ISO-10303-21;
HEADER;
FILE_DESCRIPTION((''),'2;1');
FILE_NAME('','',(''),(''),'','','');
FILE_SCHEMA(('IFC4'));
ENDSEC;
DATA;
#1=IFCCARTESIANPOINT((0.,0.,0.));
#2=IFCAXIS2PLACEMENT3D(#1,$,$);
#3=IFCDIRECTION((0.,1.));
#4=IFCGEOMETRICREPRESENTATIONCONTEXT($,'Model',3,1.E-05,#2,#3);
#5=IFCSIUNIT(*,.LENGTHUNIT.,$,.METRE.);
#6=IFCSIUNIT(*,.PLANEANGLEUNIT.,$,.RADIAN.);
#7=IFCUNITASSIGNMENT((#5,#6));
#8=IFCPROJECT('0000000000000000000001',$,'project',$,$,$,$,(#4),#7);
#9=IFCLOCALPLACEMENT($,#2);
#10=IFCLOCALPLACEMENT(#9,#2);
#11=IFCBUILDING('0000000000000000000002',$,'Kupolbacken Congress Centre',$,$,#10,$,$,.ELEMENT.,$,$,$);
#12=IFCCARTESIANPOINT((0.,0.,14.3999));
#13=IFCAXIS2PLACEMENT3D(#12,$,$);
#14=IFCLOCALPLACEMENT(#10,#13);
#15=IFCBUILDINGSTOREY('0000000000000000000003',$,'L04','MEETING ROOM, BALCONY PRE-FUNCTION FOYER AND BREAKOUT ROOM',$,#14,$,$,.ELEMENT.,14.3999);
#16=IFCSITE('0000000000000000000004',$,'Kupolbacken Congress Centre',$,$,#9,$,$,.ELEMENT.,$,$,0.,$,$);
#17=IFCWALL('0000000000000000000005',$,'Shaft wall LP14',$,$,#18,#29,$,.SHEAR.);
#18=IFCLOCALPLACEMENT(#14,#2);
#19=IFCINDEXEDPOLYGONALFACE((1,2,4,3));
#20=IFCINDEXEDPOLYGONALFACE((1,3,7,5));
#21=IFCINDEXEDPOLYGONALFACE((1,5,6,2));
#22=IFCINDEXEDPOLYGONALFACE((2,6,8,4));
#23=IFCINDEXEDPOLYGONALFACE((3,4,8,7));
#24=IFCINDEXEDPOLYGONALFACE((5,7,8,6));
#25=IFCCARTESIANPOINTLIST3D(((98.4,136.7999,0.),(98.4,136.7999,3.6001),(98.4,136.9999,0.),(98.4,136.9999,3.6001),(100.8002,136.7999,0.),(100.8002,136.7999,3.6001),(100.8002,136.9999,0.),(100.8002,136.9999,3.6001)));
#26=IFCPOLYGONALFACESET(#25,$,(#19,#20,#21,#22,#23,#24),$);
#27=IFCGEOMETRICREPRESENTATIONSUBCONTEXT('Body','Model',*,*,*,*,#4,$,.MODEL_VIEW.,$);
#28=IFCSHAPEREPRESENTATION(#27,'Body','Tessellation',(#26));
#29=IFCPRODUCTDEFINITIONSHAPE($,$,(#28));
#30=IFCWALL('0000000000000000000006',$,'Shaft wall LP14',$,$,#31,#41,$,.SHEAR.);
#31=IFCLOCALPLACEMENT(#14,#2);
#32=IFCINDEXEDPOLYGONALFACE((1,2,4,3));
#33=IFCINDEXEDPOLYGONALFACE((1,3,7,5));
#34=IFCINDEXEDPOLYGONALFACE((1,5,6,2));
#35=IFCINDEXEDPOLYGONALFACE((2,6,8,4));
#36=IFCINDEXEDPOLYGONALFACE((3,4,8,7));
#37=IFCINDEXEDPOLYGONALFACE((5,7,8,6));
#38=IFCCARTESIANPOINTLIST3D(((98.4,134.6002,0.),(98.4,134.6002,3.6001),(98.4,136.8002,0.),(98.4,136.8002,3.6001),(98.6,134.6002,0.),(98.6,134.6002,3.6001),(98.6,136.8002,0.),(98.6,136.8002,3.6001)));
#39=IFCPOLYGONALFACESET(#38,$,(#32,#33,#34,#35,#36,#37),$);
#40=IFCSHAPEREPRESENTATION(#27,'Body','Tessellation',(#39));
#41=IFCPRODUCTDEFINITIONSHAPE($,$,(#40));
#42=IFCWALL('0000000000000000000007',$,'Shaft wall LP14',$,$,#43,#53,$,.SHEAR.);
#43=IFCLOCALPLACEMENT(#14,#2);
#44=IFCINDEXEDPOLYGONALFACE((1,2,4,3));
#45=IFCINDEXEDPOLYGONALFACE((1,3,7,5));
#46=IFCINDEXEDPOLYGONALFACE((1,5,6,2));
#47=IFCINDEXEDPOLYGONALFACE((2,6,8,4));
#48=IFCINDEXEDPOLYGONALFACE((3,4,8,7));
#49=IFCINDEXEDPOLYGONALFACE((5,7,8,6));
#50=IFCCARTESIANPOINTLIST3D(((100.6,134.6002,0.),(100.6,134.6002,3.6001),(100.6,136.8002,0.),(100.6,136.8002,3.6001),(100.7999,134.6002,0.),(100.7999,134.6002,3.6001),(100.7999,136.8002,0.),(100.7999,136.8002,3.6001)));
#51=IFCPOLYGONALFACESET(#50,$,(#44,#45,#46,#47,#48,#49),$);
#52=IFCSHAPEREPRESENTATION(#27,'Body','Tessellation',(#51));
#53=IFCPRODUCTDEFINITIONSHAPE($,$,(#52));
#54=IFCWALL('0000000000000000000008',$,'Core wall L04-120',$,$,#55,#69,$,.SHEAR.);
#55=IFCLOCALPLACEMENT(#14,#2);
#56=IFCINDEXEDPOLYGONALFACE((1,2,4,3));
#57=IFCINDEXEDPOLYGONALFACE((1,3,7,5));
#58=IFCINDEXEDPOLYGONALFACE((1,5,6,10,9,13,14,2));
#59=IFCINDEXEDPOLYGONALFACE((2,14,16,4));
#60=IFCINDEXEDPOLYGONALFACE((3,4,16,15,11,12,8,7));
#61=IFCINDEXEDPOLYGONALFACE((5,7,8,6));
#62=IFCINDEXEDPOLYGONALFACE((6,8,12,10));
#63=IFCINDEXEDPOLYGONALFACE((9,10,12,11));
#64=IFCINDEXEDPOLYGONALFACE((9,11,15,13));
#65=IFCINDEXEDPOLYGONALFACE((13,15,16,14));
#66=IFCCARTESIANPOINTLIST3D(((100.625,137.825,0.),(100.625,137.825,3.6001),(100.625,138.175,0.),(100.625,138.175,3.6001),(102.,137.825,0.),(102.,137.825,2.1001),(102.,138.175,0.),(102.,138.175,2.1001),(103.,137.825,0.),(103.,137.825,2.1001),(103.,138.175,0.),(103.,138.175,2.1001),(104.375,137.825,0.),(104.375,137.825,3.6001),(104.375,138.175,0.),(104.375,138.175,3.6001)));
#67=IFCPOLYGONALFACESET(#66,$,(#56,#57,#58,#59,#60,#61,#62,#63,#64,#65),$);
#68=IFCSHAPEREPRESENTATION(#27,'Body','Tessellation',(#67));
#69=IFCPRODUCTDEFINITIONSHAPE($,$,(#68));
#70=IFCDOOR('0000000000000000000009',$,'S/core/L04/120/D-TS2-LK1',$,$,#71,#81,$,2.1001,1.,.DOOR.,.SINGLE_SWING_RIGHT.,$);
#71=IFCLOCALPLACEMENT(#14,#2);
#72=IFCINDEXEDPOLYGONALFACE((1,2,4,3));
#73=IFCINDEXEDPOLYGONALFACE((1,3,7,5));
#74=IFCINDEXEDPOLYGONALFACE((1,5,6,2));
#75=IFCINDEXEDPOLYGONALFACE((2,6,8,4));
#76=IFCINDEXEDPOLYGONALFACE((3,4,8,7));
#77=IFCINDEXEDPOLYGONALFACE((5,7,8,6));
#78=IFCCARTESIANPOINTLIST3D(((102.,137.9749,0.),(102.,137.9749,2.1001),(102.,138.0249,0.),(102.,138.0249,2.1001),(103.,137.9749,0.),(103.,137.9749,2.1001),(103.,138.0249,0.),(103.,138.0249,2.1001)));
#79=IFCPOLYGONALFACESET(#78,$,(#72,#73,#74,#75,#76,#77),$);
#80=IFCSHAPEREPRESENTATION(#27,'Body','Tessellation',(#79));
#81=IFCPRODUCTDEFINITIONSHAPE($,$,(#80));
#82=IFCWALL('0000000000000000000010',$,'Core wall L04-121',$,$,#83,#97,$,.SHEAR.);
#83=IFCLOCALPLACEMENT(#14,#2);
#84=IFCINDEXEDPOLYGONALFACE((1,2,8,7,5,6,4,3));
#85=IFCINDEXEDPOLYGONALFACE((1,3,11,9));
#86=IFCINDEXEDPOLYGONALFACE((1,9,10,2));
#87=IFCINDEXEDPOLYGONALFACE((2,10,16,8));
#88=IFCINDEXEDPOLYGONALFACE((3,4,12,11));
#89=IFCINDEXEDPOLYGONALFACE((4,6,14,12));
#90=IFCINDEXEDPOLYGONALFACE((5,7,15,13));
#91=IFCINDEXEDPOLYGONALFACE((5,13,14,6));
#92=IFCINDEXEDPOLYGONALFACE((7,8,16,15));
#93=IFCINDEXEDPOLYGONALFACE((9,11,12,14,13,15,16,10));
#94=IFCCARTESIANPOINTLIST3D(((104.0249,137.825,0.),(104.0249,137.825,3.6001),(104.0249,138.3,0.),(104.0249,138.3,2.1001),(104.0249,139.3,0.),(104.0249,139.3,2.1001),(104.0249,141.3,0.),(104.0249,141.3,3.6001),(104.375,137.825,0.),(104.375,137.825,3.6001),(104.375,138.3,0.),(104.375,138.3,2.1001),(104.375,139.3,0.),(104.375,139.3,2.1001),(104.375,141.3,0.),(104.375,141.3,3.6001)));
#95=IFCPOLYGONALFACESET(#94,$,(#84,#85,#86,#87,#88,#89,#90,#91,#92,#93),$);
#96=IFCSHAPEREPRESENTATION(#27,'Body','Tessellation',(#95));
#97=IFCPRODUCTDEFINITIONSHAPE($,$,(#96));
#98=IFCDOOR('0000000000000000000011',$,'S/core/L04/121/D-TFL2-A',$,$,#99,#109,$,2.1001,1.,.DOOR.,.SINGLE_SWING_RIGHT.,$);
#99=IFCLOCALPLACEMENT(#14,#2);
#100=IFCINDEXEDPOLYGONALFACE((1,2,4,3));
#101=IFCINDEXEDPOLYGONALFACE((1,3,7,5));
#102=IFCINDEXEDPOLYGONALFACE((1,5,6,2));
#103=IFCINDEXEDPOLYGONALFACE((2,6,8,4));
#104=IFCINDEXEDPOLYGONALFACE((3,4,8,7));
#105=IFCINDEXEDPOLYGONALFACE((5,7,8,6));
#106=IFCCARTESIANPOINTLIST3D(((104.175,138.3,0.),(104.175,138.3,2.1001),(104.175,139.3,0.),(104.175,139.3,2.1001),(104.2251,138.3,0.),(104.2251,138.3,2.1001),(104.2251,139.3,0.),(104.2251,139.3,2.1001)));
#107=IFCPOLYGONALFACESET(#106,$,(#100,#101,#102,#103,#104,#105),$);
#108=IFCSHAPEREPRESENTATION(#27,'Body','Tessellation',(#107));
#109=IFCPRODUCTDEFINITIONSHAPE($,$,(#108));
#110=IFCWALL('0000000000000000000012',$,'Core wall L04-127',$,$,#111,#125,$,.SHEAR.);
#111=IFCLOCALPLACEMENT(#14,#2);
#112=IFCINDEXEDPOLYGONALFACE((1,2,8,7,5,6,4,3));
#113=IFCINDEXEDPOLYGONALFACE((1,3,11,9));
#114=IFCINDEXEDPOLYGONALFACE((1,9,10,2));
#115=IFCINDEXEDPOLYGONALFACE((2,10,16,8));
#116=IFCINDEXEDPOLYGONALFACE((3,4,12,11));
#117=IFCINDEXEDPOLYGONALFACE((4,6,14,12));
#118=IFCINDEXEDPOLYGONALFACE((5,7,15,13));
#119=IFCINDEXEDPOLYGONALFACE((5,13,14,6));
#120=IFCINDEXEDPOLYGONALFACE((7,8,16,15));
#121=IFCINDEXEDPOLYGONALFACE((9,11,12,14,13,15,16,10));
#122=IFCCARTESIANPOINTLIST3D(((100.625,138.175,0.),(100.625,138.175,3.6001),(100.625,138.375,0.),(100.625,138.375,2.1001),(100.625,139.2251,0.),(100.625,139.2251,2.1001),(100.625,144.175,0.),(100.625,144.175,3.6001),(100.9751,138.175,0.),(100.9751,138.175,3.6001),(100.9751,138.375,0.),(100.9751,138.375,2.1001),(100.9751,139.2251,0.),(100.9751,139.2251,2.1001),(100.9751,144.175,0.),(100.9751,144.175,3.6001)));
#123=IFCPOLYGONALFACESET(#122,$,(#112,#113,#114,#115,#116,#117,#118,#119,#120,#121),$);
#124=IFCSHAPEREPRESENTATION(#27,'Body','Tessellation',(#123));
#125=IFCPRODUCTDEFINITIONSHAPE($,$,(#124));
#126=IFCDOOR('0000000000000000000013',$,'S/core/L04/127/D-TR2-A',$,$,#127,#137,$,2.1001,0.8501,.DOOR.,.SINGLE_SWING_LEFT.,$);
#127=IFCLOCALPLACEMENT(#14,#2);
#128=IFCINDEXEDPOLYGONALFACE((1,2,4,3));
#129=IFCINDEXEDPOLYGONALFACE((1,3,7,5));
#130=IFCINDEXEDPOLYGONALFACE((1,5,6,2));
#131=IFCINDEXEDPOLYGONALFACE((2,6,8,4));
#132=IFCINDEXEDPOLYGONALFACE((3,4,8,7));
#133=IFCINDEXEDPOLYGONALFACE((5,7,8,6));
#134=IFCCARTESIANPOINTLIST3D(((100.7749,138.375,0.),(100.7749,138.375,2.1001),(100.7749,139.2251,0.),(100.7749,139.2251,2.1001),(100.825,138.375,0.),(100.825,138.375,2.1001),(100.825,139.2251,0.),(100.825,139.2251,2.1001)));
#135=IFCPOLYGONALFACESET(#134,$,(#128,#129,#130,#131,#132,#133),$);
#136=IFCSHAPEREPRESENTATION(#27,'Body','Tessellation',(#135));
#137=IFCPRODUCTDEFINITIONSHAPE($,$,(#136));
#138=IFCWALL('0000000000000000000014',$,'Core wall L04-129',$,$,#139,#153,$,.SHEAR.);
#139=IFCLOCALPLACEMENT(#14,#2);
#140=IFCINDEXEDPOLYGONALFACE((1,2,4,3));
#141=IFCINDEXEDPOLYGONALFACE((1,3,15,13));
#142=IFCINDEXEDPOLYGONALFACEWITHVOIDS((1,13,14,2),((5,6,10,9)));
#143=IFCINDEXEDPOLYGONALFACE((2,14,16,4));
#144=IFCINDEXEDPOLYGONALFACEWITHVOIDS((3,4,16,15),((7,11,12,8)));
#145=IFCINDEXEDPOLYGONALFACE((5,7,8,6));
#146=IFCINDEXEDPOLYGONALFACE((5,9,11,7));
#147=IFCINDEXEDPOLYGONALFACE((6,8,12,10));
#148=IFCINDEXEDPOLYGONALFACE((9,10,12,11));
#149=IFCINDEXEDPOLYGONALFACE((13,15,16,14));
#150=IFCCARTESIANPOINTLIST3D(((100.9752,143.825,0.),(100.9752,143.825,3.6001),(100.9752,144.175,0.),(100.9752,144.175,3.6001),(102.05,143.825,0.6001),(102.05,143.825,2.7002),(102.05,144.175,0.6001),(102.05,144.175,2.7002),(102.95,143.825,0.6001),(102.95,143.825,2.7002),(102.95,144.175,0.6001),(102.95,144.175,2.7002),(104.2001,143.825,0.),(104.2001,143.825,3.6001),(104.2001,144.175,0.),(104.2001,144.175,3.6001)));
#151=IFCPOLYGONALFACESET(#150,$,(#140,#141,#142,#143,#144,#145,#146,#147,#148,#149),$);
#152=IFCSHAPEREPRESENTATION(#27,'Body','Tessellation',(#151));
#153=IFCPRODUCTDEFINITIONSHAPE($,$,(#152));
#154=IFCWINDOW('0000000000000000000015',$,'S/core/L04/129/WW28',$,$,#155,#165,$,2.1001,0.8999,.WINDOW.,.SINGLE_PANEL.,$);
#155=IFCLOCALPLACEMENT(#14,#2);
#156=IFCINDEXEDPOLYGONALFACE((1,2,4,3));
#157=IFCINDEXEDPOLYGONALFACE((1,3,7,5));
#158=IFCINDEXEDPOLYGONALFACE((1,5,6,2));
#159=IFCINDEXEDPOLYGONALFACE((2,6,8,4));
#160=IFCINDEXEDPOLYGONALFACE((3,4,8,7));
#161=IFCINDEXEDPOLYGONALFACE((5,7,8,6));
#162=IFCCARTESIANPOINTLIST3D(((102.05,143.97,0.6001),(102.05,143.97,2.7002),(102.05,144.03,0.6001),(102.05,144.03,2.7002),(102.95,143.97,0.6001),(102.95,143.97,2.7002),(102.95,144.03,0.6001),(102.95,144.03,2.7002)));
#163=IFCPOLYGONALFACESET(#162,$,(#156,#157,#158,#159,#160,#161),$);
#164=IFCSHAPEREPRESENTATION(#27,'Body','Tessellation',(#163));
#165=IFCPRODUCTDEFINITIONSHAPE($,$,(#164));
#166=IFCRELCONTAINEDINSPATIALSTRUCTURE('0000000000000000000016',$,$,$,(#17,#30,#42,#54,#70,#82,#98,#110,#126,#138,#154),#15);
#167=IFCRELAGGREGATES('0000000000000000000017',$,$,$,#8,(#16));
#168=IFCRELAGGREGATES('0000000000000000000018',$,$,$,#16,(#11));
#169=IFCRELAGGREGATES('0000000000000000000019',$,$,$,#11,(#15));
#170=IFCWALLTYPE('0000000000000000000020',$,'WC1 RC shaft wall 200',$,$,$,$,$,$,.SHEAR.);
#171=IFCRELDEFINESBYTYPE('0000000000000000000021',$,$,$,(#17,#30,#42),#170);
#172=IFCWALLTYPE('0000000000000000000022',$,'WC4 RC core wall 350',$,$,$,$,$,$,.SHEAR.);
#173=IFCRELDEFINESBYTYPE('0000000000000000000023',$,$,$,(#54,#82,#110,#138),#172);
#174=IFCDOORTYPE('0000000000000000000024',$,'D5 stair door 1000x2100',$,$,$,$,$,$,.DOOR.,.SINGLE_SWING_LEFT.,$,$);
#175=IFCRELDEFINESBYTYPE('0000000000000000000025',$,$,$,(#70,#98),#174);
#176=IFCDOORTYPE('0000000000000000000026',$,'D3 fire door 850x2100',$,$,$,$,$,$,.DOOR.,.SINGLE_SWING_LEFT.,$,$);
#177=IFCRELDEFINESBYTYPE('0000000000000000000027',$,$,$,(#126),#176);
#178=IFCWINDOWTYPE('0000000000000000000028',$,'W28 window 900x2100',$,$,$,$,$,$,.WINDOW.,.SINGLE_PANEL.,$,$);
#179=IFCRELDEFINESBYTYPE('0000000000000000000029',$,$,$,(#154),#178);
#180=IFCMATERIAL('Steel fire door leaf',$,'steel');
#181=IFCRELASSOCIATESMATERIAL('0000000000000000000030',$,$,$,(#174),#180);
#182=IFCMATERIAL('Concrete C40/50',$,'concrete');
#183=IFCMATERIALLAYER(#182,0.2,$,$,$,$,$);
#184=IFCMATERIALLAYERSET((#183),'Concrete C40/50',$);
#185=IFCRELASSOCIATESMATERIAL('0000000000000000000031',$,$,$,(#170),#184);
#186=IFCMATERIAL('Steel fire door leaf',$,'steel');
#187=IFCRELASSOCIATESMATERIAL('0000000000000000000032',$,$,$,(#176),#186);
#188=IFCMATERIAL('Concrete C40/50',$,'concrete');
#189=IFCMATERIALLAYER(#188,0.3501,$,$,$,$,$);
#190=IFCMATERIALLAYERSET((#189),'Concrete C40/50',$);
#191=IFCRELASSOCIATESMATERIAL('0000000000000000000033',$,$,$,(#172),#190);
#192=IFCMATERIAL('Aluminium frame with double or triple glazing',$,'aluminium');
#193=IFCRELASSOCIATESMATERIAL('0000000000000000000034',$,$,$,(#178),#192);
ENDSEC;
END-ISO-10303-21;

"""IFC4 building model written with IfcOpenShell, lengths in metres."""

from ifc_helpers import new_model, si_unit, direction, frame, frame_2d, origin, place, context, subcontext, project, spatial, rectangle, extrude, material, layer, layer_set, type_object, element, fill, save


model = new_model("IFC4")

# Units and contexts
model_context = context("Model", 3, precision=1e-05, world=origin(), true_north=direction((0.0, 1.0)))
body_context = subcontext(model_context, "Body", "Model", "MODEL_VIEW")
ifc_project = project(units=[si_unit("LENGTHUNIT", "METRE"), si_unit("PLANEANGLEUNIT", "RADIAN")], contexts=[model_context])

# Site, building, storey
site_placement = place(None, origin())
site = spatial("IfcSite", under=ifc_project, at=site_placement, Name="Kupolbacken Congress Centre", CompositionType="ELEMENT", RefElevation=0.0)
building_placement = place(site_placement, origin())
building = spatial("IfcBuilding", under=site, at=building_placement, Name="Kupolbacken Congress Centre", CompositionType="ELEMENT")
storey_placement = place(building_placement, frame((0.0, 0.0, 14.3999)))
storey = spatial("IfcBuildingStorey", under=building, at=storey_placement, Name="L04", Description="MEETING ROOM, BALCONY PRE-FUNCTION FOYER AND BREAKOUT ROOM", CompositionType="ELEMENT", Elevation=14.3999)

# Shared definitions
ifc_material_1 = material(Name="Steel fire door leaf", Category="steel")
door_type_1 = type_object("IfcDoorType", Name="D5 stair door 1000x2100", OperationType="SINGLE_SWING_LEFT", PredefinedType="DOOR", material=ifc_material_1)

# Shared definitions
ifc_material_2 = material(Name="Concrete C40/50", Category="concrete")
ifc_layer_1 = layer(ifc_material_2, 0.2)
ifc_layer_set_1 = layer_set([ifc_layer_1], Name="Concrete C40/50")
wall_type_1 = type_object("IfcWallType", Name="WC1 RC shaft wall 200", PredefinedType="SHEAR", material=ifc_layer_set_1)

# Shared definitions
ifc_material_3 = material(Name="Steel fire door leaf", Category="steel")
door_type_2 = type_object("IfcDoorType", Name="D3 fire door 850x2100", OperationType="SINGLE_SWING_LEFT", PredefinedType="DOOR", material=ifc_material_3)

# Walls
wall_1_placement = place(storey_placement, frame((98.3999, 136.8999, 0.0), z_axis=(0.0, 0.0, 1.0), x_axis=(1.0, 0.0, 0.0)))
element("IfcWall", 1, at=wall_1_placement, inside=storey, type_object=wall_type_1, Name="Shaft wall LP14", PredefinedType="SHEAR", context=body_context, shape_type="SweptSolid", body=[
    extrude(rectangle(XDim=2.4001, YDim=0.2, at=frame_2d((1.2002, 0.0))), origin(), (0.0, 0.0, 1.0), 3.6001),
])
for number, where, z_axis, x_axis, name in (
    (2, (98.5, 134.6001, 0.0), (0.0, 0.0, 1.0), (0.0, 1.0, 0.0), "Shaft wall LP14"),
    (3, (100.7, 134.6001, 0.0), (0.0, 0.0, 1.0), (0.0, 1.0, 0.0), "Shaft wall LP14"),
):
    element("IfcWall", number, at=place(storey_placement, frame(where, z_axis=z_axis, x_axis=x_axis)), inside=storey, type_object=wall_type_1, Name=name, PredefinedType="SHEAR", context=body_context, shape_type="SweptSolid", body=[
        extrude(rectangle(XDim=2.2, YDim=0.2, at=frame_2d((1.1001, 0.0))), origin(), (0.0, 0.0, 1.0), 3.6001),
    ])

# Walls, openings, doors
ifc_material_4 = material(Name="Concrete C40/50", Category="concrete")
ifc_layer_2 = layer(ifc_material_4, 0.3501)
ifc_layer_set_2 = layer_set([ifc_layer_2], Name="Concrete C40/50")
wall_type_2 = type_object("IfcWallType", Name="WC4 RC core wall 350", PredefinedType="SHEAR", material=ifc_layer_set_2)
wall_2_placement = place(storey_placement, frame((100.625, 138.0, 0.0), z_axis=(0.0, 0.0, 1.0), x_axis=(1.0, 0.0, 0.0)))
wall_2 = element("IfcWall", 4, at=wall_2_placement, inside=storey, type_object=wall_type_2, Name="Core wall L04-120", PredefinedType="SHEAR", context=body_context, shape_type="SweptSolid", body=[
    extrude(rectangle(XDim=3.75, YDim=0.3501, at=frame_2d((1.875, 0.0))), origin(), (0.0, 0.0, 1.0), 3.6001),
])
opening_1_placement = place(wall_2_placement, frame((1.375, 0.0, 0.0)))
opening_1 = element("IfcOpeningElement", 5, at=opening_1_placement, cuts=wall_2, PredefinedType="OPENING", context=body_context, shape_type="SweptSolid", body=[
    extrude(rectangle(XDim=1.0, YDim=2.1001, at=frame_2d((0.5, 1.05))), frame((0.0, 0.1851, 0.0), z_axis=(0.0, -1.0, 0.0), x_axis=(1.0, 0.0, 0.0)), (0.0, 0.0, 1.0), 0.3701),
])
door_1_placement = place(opening_1_placement, origin())
door_1 = element("IfcDoor", 6, at=door_1_placement, inside=storey, type_object=door_type_1, Name="S/core/L04/120/D-TS2-LK1", OperationType="SINGLE_SWING_RIGHT", OverallHeight=2.1001, OverallWidth=1.0, PredefinedType="DOOR", context=body_context, shape_type="SweptSolid", body=[
    extrude(rectangle(XDim=1.0, YDim=2.1001, at=frame_2d((0.5, 1.05))), frame((0.0, 0.0249, 0.0), z_axis=(0.0, -1.0, 0.0), x_axis=(1.0, 0.0, 0.0)), (0.0, 0.0, 1.0), 0.05),
])
fill(opening_1, door_1)
wall_3_placement = place(storey_placement, frame((104.2, 137.825, 0.0), z_axis=(0.0, 0.0, 1.0), x_axis=(0.0, 1.0, 0.0)))
wall_3 = element("IfcWall", 7, at=wall_3_placement, inside=storey, type_object=wall_type_2, Name="Core wall L04-121", PredefinedType="SHEAR", context=body_context, shape_type="SweptSolid", body=[
    extrude(rectangle(XDim=3.4751, YDim=0.3501, at=frame_2d((1.7375, 0.0))), origin(), (0.0, 0.0, 1.0), 3.6001),
])
opening_2_placement = place(wall_3_placement, frame((0.4751, 0.0, 0.0)))
opening_2 = element("IfcOpeningElement", 8, at=opening_2_placement, cuts=wall_3, PredefinedType="OPENING", context=body_context, shape_type="SweptSolid", body=[
    extrude(rectangle(XDim=1.0, YDim=2.1001, at=frame_2d((0.5, 1.05))), frame((0.0, 0.1851, 0.0), z_axis=(0.0, -1.0, 0.0), x_axis=(1.0, 0.0, 0.0)), (0.0, 0.0, 1.0), 0.3701),
])
door_2_placement = place(opening_2_placement, origin())
door_2 = element("IfcDoor", 9, at=door_2_placement, inside=storey, type_object=door_type_1, Name="S/core/L04/121/D-TFL2-A", OperationType="SINGLE_SWING_RIGHT", OverallHeight=2.1001, OverallWidth=1.0, PredefinedType="DOOR", context=body_context, shape_type="SweptSolid", body=[
    extrude(rectangle(XDim=1.0, YDim=2.1001, at=frame_2d((0.5, 1.05))), frame((0.0, 0.0249, 0.0), z_axis=(0.0, -1.0, 0.0), x_axis=(1.0, 0.0, 0.0)), (0.0, 0.0, 1.0), 0.05),
])
fill(opening_2, door_2)
wall_4_placement = place(storey_placement, frame((100.8, 144.175, 0.0), z_axis=(0.0, 0.0, 1.0), x_axis=(0.0, -1.0, 0.0)))
wall_4 = element("IfcWall", 10, at=wall_4_placement, inside=storey, type_object=wall_type_2, Name="Core wall L04-127", PredefinedType="SHEAR", context=body_context, shape_type="SweptSolid", body=[
    extrude(rectangle(XDim=6.0, YDim=0.3501, at=frame_2d((3.0, 0.0))), origin(), (0.0, 0.0, 1.0), 3.6001),
])
opening_3_placement = place(wall_4_placement, frame((4.95, 0.0, 0.0)))
opening_3 = element("IfcOpeningElement", 11, at=opening_3_placement, cuts=wall_4, PredefinedType="OPENING", context=body_context, shape_type="SweptSolid", body=[
    extrude(rectangle(XDim=0.8501, YDim=2.1001, at=frame_2d((0.425, 1.05))), frame((0.0, 0.1851, 0.0), z_axis=(0.0, -1.0, 0.0), x_axis=(1.0, 0.0, 0.0)), (0.0, 0.0, 1.0), 0.3701),
])
door_3_placement = place(opening_3_placement, origin())
door_3 = element("IfcDoor", 12, at=door_3_placement, inside=storey, type_object=door_type_2, Name="S/core/L04/127/D-TR2-A", OperationType="SINGLE_SWING_LEFT", OverallHeight=2.1001, OverallWidth=0.8501, PredefinedType="DOOR", context=body_context, shape_type="SweptSolid", body=[
    extrude(rectangle(XDim=0.8501, YDim=2.1001, at=frame_2d((0.425, 1.05))), frame((0.0, 0.0249, 0.0), z_axis=(0.0, -1.0, 0.0), x_axis=(1.0, 0.0, 0.0)), (0.0, 0.0, 1.0), 0.05),
])
fill(opening_3, door_3)

# Wall, opening, window
wall_5_placement = place(storey_placement, frame((104.2, 144.0, 0.0), z_axis=(0.0, 0.0, 1.0), x_axis=(-1.0, 0.0, 0.0)))
wall_5 = element("IfcWall", 13, at=wall_5_placement, inside=storey, type_object=wall_type_2, Name="Core wall L04-129", PredefinedType="SHEAR", context=body_context, shape_type="SweptSolid", body=[
    extrude(rectangle(XDim=3.2249, YDim=0.3501, at=frame_2d((1.6123, 0.0))), origin(), (0.0, 0.0, 1.0), 3.6001),
])
opening_4_placement = place(wall_5_placement, frame((1.25, 0.0, 0.6001)))
opening_4 = element("IfcOpeningElement", 14, at=opening_4_placement, cuts=wall_5, PredefinedType="OPENING", context=body_context, shape_type="SweptSolid", body=[
    extrude(rectangle(XDim=0.8999, YDim=2.1001, at=frame_2d((0.45, 1.05))), frame((0.0, 0.1851, 0.0), z_axis=(0.0, -1.0, 0.0), x_axis=(1.0, 0.0, 0.0)), (0.0, 0.0, 1.0), 0.3701),
])
ifc_material_5 = material(Name="Aluminium frame with double or triple glazing", Category="aluminium")
window_type = type_object("IfcWindowType", Name="W28 window 900x2100", PartitioningType="SINGLE_PANEL", PredefinedType="WINDOW", material=ifc_material_5)
window_placement = place(opening_4_placement, origin())
window = element("IfcWindow", 15, at=window_placement, inside=storey, type_object=window_type, Name="S/core/L04/129/WW28", OverallHeight=2.1001, OverallWidth=0.8999, PartitioningType="SINGLE_PANEL", PredefinedType="WINDOW", context=body_context, shape_type="SweptSolid", body=[
    extrude(rectangle(XDim=0.8999, YDim=2.1001, at=frame_2d((0.45, 1.05))), frame((0.0, 0.03, 0.0), z_axis=(0.0, -1.0, 0.0), x_axis=(1.0, 0.0, 0.0)), (0.0, 0.0, 1.0), 0.0601),
])
fill(opening_4, window)

save(model, "model.ifc")
